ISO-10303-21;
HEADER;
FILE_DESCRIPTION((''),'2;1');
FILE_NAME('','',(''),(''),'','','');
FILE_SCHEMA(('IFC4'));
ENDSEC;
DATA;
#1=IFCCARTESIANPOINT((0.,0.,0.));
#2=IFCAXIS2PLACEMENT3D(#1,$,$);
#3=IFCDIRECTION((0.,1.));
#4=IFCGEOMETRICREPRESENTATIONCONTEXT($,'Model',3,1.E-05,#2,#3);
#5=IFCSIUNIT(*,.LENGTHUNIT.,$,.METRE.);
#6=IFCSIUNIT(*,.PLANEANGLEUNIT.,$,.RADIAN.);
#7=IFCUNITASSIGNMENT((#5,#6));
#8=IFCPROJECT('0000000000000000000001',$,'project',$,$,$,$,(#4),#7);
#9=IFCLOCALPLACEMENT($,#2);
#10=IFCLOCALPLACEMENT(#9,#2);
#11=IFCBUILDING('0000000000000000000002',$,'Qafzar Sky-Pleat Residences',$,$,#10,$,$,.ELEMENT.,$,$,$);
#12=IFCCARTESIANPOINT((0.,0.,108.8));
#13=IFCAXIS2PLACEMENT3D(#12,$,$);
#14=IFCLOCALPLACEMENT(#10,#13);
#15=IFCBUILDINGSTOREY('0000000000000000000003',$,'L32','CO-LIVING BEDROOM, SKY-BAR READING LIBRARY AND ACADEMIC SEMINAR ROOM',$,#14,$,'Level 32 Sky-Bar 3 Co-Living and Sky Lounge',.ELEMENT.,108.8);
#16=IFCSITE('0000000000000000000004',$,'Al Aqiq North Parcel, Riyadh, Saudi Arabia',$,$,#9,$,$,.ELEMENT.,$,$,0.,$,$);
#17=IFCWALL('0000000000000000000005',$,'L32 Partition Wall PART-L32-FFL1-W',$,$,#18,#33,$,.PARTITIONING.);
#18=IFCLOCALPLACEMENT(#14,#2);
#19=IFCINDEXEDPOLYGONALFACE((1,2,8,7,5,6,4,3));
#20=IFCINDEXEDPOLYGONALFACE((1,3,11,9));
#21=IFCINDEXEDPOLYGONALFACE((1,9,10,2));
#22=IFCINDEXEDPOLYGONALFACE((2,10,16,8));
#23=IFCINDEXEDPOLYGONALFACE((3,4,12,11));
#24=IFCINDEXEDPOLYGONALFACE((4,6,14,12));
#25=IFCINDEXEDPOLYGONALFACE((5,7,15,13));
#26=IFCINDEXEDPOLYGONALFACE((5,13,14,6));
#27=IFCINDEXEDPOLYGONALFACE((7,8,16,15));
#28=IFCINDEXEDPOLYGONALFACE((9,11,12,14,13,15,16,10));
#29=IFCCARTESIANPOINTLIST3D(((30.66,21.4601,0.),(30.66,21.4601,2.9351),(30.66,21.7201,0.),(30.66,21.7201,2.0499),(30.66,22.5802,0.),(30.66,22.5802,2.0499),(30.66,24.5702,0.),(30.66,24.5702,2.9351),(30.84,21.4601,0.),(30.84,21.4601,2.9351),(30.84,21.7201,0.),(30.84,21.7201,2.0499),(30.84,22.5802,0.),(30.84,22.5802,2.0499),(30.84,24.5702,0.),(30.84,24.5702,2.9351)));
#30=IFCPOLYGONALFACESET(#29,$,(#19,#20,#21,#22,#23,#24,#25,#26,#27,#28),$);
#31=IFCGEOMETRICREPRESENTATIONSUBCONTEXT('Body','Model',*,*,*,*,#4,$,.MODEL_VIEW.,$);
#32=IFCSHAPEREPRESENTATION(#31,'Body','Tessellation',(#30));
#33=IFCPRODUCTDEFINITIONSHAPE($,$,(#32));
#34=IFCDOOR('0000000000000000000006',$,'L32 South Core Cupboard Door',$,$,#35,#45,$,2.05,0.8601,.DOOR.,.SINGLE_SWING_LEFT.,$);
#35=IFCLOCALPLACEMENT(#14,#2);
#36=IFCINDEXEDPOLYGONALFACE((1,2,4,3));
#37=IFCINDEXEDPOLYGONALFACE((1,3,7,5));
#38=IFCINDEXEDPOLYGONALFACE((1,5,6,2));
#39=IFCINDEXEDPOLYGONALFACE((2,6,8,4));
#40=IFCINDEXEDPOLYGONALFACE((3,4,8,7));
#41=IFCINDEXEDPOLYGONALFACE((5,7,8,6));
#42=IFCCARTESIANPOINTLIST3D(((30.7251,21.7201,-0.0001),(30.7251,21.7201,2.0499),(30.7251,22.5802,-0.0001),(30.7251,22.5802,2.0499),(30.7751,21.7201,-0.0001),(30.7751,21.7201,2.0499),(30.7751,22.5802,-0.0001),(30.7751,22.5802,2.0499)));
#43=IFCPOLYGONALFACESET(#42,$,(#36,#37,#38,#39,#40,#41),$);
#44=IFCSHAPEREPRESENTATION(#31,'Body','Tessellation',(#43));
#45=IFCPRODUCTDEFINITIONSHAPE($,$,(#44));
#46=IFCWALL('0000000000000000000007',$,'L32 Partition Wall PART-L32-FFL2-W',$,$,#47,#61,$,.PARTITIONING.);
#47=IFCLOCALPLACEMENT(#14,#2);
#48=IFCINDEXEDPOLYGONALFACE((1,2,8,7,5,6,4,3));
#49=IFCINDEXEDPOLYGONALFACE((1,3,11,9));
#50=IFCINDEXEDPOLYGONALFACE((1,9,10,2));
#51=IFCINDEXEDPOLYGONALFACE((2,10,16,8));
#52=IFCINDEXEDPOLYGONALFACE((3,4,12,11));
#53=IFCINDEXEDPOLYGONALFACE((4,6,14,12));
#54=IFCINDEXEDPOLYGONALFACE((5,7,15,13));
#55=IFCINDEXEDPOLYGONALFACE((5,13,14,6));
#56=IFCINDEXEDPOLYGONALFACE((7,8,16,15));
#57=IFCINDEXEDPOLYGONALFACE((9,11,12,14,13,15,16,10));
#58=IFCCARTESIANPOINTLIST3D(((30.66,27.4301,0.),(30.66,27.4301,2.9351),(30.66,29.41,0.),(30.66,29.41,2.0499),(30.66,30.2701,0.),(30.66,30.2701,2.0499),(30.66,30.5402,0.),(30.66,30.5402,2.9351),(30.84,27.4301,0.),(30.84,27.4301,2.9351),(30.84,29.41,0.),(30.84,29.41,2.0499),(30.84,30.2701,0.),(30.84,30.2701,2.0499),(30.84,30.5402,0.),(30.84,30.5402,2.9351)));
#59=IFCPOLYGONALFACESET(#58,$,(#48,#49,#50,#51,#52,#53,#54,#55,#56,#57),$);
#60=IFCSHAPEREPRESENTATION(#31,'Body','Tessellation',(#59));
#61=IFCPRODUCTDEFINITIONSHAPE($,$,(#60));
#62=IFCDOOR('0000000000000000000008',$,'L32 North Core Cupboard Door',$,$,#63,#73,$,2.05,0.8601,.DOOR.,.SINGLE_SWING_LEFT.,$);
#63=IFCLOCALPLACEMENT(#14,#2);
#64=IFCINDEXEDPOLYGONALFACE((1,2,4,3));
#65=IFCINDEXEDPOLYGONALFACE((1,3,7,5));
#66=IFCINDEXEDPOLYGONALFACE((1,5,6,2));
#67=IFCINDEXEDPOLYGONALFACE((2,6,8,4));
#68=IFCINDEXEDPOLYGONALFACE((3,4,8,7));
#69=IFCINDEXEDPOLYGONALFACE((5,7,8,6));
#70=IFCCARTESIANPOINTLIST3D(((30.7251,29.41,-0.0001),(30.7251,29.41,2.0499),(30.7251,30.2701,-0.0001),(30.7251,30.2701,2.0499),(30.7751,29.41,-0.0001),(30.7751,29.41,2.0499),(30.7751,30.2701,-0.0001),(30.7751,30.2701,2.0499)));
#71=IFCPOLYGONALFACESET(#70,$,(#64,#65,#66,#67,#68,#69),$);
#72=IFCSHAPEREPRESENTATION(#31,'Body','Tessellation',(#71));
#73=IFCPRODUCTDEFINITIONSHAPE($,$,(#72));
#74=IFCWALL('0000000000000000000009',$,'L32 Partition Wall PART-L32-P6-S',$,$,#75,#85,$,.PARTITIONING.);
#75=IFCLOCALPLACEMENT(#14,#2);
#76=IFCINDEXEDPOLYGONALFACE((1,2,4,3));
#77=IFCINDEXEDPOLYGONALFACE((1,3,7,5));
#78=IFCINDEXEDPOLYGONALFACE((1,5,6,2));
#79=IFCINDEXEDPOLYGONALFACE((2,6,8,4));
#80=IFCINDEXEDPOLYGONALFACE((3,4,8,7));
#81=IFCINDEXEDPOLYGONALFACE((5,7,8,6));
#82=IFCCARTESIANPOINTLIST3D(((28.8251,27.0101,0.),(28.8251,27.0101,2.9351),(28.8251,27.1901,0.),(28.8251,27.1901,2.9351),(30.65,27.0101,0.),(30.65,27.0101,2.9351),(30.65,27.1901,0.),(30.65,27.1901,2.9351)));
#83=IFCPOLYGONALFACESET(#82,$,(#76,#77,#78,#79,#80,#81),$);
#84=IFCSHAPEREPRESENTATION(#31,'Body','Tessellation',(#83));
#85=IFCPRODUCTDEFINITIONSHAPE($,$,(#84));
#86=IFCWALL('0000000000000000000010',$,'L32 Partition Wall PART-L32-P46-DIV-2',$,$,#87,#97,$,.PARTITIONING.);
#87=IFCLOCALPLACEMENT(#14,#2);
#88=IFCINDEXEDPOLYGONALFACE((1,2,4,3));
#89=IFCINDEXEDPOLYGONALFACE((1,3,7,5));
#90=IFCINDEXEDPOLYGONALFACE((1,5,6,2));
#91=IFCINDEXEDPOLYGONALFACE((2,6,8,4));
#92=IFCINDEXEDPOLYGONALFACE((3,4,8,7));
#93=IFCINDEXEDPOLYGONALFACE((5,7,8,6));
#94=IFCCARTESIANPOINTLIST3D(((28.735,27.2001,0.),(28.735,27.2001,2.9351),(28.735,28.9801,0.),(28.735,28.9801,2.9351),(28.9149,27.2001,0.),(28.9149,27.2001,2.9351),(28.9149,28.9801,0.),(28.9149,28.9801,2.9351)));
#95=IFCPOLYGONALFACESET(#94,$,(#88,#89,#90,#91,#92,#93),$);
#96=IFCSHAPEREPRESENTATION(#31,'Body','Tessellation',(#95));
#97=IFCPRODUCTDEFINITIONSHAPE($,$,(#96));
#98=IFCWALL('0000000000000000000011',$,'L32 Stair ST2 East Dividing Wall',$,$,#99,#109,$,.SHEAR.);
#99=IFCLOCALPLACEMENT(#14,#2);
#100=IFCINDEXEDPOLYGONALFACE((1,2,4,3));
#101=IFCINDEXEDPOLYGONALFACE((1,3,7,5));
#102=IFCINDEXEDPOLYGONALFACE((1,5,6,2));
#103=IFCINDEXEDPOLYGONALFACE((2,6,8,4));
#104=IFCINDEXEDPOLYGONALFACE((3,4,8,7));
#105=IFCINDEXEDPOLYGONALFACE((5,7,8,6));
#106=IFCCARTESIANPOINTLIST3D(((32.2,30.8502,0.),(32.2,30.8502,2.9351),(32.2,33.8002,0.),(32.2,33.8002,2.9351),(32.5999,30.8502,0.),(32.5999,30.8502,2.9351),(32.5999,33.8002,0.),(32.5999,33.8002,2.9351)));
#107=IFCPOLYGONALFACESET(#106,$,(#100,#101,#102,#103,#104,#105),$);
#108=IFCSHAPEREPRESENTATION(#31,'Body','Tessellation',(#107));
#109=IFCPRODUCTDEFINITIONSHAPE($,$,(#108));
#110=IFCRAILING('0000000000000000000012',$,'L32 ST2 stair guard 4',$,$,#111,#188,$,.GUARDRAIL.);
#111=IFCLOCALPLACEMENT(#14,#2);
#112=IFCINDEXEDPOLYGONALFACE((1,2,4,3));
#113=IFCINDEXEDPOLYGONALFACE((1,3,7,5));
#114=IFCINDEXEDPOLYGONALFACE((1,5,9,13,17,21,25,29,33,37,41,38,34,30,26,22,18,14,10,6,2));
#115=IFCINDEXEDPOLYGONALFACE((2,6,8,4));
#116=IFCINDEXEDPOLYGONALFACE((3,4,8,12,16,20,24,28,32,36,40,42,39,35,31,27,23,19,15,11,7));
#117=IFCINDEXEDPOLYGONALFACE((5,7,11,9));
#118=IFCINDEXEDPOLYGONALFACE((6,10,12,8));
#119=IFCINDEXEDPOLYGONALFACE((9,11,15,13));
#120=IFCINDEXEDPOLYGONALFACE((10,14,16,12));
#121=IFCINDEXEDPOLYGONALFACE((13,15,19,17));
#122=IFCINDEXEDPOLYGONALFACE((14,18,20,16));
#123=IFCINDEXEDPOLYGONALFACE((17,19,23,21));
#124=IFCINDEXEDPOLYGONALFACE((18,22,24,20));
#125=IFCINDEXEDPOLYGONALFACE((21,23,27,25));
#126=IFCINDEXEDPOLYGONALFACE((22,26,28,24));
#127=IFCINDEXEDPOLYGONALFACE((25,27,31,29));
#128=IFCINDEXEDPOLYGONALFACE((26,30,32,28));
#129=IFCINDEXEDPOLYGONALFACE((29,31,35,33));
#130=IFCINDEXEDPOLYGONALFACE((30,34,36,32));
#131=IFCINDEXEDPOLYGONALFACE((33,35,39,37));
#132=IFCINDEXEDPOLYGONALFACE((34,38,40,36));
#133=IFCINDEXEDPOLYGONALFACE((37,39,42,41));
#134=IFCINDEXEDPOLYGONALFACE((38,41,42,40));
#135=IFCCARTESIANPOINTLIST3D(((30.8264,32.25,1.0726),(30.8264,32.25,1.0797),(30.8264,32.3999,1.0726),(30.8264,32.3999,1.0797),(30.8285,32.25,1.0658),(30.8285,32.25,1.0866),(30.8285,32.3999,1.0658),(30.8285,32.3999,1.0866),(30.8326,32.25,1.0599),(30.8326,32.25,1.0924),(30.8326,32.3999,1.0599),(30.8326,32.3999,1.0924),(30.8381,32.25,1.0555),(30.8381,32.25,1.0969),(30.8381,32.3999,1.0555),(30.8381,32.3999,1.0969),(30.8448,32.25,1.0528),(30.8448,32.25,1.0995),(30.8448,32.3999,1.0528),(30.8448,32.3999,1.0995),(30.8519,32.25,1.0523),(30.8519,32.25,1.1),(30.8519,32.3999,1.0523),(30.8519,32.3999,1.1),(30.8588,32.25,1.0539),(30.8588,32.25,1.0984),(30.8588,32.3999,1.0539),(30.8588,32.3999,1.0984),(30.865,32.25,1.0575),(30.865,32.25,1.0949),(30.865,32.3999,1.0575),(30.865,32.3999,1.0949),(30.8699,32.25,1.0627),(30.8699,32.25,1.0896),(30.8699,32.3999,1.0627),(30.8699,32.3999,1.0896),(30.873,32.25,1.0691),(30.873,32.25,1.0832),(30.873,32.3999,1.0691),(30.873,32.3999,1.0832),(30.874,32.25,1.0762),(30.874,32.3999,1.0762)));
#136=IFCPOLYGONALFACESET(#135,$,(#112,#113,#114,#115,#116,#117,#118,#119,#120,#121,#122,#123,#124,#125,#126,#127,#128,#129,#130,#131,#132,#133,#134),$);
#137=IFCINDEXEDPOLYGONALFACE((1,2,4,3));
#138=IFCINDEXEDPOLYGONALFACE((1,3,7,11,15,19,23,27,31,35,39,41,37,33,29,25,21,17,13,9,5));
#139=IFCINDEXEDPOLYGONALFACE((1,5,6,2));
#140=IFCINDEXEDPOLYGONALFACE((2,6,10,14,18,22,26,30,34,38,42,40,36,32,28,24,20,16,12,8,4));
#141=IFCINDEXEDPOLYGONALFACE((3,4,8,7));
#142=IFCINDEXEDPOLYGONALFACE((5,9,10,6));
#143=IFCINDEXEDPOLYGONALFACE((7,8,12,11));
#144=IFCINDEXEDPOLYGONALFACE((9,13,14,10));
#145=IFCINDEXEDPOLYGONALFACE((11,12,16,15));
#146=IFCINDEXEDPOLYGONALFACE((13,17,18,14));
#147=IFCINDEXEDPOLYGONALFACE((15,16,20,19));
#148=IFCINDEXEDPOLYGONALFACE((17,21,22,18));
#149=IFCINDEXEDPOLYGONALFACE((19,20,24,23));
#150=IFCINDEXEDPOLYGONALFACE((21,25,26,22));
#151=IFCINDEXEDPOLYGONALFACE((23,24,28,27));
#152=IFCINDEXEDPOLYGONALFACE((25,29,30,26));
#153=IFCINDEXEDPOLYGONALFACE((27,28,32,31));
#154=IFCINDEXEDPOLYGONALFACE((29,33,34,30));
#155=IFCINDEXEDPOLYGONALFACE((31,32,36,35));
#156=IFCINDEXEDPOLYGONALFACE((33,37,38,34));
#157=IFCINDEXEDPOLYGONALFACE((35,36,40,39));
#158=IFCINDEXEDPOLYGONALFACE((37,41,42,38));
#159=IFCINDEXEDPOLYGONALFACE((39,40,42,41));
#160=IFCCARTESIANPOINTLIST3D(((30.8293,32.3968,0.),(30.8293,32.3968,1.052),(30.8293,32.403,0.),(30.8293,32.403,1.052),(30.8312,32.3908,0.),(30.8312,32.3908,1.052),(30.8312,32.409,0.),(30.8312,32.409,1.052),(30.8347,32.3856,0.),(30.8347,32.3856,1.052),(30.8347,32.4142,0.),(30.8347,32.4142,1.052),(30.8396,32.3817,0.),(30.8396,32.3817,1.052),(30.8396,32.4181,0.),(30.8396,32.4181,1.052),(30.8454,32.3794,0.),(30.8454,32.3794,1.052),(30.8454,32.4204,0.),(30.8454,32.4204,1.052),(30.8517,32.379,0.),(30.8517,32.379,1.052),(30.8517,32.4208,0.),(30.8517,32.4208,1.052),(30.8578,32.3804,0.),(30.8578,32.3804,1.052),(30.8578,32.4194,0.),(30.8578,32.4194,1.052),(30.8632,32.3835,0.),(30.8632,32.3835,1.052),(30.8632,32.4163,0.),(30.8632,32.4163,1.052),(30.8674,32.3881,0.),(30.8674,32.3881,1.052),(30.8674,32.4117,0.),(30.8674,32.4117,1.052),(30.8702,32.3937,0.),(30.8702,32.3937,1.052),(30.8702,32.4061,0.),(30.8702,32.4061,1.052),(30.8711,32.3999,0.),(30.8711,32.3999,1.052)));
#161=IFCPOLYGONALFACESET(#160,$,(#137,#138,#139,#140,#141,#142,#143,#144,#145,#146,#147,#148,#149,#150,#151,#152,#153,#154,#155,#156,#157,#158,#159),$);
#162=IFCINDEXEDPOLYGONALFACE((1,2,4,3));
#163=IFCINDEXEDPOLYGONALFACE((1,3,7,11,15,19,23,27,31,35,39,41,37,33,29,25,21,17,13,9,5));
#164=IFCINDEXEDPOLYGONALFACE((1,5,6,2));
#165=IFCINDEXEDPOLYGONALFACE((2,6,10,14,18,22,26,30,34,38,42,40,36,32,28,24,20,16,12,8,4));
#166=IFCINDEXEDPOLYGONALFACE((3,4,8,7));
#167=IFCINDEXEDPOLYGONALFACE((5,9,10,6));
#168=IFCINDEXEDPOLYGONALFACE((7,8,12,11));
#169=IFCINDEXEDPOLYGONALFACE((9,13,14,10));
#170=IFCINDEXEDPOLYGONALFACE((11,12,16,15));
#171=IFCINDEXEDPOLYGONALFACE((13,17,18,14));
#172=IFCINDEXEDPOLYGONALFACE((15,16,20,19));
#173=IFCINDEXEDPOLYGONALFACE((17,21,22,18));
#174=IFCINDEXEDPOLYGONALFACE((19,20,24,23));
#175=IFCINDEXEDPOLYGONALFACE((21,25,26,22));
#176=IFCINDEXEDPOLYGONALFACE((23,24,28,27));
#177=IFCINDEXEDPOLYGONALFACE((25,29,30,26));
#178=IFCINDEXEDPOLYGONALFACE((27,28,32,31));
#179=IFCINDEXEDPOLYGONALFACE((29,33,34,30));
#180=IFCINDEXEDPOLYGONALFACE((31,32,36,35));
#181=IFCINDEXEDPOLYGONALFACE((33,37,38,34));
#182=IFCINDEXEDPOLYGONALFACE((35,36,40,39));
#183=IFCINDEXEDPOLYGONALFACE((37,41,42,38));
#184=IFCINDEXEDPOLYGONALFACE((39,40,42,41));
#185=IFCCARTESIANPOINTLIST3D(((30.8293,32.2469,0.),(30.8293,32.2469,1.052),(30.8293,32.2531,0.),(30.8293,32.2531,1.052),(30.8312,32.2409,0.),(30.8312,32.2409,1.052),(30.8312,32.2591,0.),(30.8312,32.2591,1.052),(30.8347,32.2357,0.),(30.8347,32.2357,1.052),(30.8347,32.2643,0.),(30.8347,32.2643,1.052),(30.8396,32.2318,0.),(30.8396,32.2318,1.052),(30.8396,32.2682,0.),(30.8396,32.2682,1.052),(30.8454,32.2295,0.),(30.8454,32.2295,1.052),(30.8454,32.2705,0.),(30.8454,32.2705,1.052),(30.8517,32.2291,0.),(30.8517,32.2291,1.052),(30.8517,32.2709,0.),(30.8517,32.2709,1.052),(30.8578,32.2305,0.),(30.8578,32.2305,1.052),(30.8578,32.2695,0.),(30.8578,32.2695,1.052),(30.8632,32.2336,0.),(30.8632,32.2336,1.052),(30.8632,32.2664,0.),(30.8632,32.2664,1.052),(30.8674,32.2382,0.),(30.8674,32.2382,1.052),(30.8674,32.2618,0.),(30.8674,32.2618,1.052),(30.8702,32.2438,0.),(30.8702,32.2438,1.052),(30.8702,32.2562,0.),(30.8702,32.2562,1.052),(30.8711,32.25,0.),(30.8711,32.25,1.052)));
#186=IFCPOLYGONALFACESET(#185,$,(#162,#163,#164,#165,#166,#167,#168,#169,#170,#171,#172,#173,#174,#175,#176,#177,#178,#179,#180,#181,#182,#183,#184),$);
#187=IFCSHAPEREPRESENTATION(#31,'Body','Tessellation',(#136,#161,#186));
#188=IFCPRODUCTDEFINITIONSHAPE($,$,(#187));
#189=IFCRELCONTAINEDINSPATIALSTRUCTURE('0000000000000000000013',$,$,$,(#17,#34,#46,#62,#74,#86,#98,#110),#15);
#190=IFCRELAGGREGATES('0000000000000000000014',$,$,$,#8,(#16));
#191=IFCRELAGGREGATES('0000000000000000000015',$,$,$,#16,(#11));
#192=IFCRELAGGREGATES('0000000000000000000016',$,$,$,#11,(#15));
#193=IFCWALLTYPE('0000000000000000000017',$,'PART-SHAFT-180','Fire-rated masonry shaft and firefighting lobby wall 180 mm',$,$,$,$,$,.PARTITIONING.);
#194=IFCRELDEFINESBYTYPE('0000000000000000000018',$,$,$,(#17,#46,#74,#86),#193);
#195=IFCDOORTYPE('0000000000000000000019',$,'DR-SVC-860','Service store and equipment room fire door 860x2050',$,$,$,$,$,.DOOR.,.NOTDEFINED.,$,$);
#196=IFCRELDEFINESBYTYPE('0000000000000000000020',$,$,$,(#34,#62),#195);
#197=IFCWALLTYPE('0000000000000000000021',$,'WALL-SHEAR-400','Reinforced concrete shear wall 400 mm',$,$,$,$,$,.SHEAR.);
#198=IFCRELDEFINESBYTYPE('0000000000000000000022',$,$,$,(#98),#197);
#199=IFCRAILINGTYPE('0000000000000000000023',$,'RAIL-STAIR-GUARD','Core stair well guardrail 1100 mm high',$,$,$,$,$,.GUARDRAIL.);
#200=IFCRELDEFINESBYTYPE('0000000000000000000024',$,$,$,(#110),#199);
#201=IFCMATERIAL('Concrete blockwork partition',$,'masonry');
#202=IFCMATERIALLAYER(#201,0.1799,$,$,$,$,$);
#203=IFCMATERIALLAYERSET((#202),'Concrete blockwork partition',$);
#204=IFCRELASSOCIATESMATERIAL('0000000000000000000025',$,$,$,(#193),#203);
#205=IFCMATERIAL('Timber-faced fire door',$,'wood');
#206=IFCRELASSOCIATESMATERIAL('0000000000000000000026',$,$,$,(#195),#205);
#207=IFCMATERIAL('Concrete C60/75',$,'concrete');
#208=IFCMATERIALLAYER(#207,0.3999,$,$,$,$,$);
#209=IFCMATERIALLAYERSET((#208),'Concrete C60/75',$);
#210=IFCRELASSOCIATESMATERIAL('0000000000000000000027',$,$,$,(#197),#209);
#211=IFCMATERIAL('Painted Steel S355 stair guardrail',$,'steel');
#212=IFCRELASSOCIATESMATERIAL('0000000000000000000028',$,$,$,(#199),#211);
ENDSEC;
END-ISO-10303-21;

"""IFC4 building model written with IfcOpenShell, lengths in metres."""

from ifc_helpers import new_model, si_unit, direction, frame, frame_2d, origin, origin_2d, place, context, subcontext, project, spatial, rectangle, circle, extrude, source, transform, mapped, material, layer, layer_set, type_object, element, fill, save


model = new_model("IFC4")

# Units and contexts
model_context = context("Model", 3, precision=1e-05, world=origin(), true_north=direction((0.0, 1.0)))
body_context = subcontext(model_context, "Body", "Model", "MODEL_VIEW")
ifc_project = project(units=[si_unit("LENGTHUNIT", "METRE"), si_unit("PLANEANGLEUNIT", "RADIAN")], contexts=[model_context])

# Site, building, storey
site_placement = place(None, origin())
site = spatial("IfcSite", under=ifc_project, at=site_placement, Name="Al Aqiq North Parcel, Riyadh, Saudi Arabia", CompositionType="ELEMENT", RefElevation=0.0)
building_placement = place(site_placement, origin())
building = spatial("IfcBuilding", under=site, at=building_placement, Name="Qafzar Sky-Pleat Residences", CompositionType="ELEMENT")
storey_placement = place(building_placement, frame((0.0, 0.0, 108.8)))
storey = spatial("IfcBuildingStorey", under=building, at=storey_placement, Name="L32", Description="CO-LIVING BEDROOM, SKY-BAR READING LIBRARY AND ACADEMIC SEMINAR ROOM", LongName="Level 32 Sky-Bar 3 Co-Living and Sky Lounge", CompositionType="ELEMENT", Elevation=108.8)

# Walls, openings, doors
ifc_material_1 = material(Name="Concrete blockwork partition", Category="masonry")
ifc_layer_1 = layer(ifc_material_1, 0.1799)
ifc_layer_set_1 = layer_set([ifc_layer_1], Name="Concrete blockwork partition")
wall_type_1 = type_object("IfcWallType", Name="PART-SHAFT-180", Description="Fire-rated masonry shaft and firefighting lobby wall 180 mm", PredefinedType="PARTITIONING", material=ifc_layer_set_1)
wall_1_placement = place(storey_placement, frame((30.75, 21.46, 0.0), z_axis=(0.0, 0.0, 1.0), x_axis=(0.0, 1.0, 0.0)))
wall_1 = element("IfcWall", 1, at=wall_1_placement, inside=storey, type_object=wall_type_1, Name="L32 Partition Wall PART-L32-FFL1-W", PredefinedType="PARTITIONING", context=body_context, shape_type="SweptSolid", body=[
    extrude(rectangle(XDim=3.1101, YDim=0.1799, at=frame_2d((1.5552, 0.0))), origin(), (0.0, 0.0, 1.0), 2.9351),
])
opening_1_placement = place(wall_1_placement, frame((0.26, 0.0, 0.0)))
opening_1 = element("IfcOpeningElement", 2, at=opening_1_placement, cuts=wall_1, PredefinedType="OPENING", context=body_context, shape_type="SweptSolid", body=[
    extrude(rectangle(XDim=0.8601, YDim=2.05, at=frame_2d((0.4302, 1.0249))), frame((0.0, 0.1001, 0.0), z_axis=(0.0, -1.0, 0.0), x_axis=(1.0, 0.0, 0.0)), (0.0, 0.0, 1.0), 0.2),
])
ifc_material_2 = material(Name="Timber-faced fire door", Category="wood")
door_type_1 = type_object("IfcDoorType", Name="DR-SVC-860", Description="Service store and equipment room fire door 860x2050", OperationType="NOTDEFINED", PredefinedType="DOOR", material=ifc_material_2)
shared_shape_1 = source(origin(), body_context, "Body", "SweptSolid", [
    extrude(rectangle(XDim=0.8601, YDim=2.05, at=frame_2d((0.4302, 1.0249))), frame((0.0, 0.0249, 0.0), z_axis=(0.0, -1.0, 0.0), x_axis=(1.0, 0.0, 0.0)), (0.0, 0.0, 1.0), 0.05),
])
door_1_placement = place(opening_1_placement, origin())
door_1 = element("IfcDoor", 3, at=door_1_placement, inside=storey, type_object=door_type_1, Name="L32 South Core Cupboard Door", OperationType="SINGLE_SWING_LEFT", OverallHeight=2.05, OverallWidth=0.8601, PredefinedType="DOOR", context=body_context, shape_type="MappedRepresentation", body=[
    mapped(shared_shape_1, transform((0.0, 0.0, 0.0), x_axis=(1.0, 0.0, 0.0), y_axis=(0.0, 1.0, 0.0), z_axis=(0.0, 0.0, 1.0), scale=1.0)),
])
fill(opening_1, door_1)
wall_2_placement = place(storey_placement, frame((30.75, 27.4299, 0.0), z_axis=(0.0, 0.0, 1.0), x_axis=(0.0, 1.0, 0.0)))
wall_2 = element("IfcWall", 4, at=wall_2_placement, inside=storey, type_object=wall_type_1, Name="L32 Partition Wall PART-L32-FFL2-W", PredefinedType="PARTITIONING", context=body_context, shape_type="SweptSolid", body=[
    extrude(rectangle(XDim=3.1101, YDim=0.1799, at=frame_2d((1.5552, 0.0))), origin(), (0.0, 0.0, 1.0), 2.9351),
])
opening_2_placement = place(wall_2_placement, frame((1.98, 0.0, 0.0)))
opening_2 = element("IfcOpeningElement", 5, at=opening_2_placement, cuts=wall_2, PredefinedType="OPENING", context=body_context, shape_type="SweptSolid", body=[
    extrude(rectangle(XDim=0.8601, YDim=2.05, at=frame_2d((0.4302, 1.0249))), frame((0.0, 0.1001, 0.0), z_axis=(0.0, -1.0, 0.0), x_axis=(1.0, 0.0, 0.0)), (0.0, 0.0, 1.0), 0.2),
])
door_2_placement = place(opening_2_placement, origin())
door_2 = element("IfcDoor", 6, at=door_2_placement, inside=storey, type_object=door_type_1, Name="L32 North Core Cupboard Door", OperationType="SINGLE_SWING_LEFT", OverallHeight=2.05, OverallWidth=0.8601, PredefinedType="DOOR", context=body_context, shape_type="MappedRepresentation", body=[
    mapped(shared_shape_1, transform((0.0, 0.0, 0.0), x_axis=(1.0, 0.0, 0.0), y_axis=(0.0, 1.0, 0.0), z_axis=(0.0, 0.0, 1.0), scale=1.0)),
])
fill(opening_2, door_2)

# Walls
wall_3_placement = place(storey_placement, frame((28.825, 27.1001, 0.0), z_axis=(0.0, 0.0, 1.0), x_axis=(1.0, 0.0, 0.0)))
element("IfcWall", 7, at=wall_3_placement, inside=storey, type_object=wall_type_1, Name="L32 Partition Wall PART-L32-P6-S", PredefinedType="PARTITIONING", context=body_context, shape_type="SweptSolid", body=[
    extrude(rectangle(XDim=1.825, YDim=0.1799, at=frame_2d((0.9126, 0.0))), origin(), (0.0, 0.0, 1.0), 2.9351),
])
wall_4_placement = place(storey_placement, frame((28.825, 27.2, 0.0), z_axis=(0.0, 0.0, 1.0), x_axis=(0.0, 1.0, 0.0)))
element("IfcWall", 8, at=wall_4_placement, inside=storey, type_object=wall_type_1, Name="L32 Partition Wall PART-L32-P46-DIV-2", PredefinedType="PARTITIONING", context=body_context, shape_type="SweptSolid", body=[
    extrude(rectangle(XDim=1.78, YDim=0.1799, at=frame_2d((0.8901, 0.0))), origin(), (0.0, 0.0, 1.0), 2.9351),
])
ifc_material_3 = material(Name="Concrete C60/75", Category="concrete")
ifc_layer_2 = layer(ifc_material_3, 0.3999)
ifc_layer_set_2 = layer_set([ifc_layer_2], Name="Concrete C60/75")
wall_type_2 = type_object("IfcWallType", Name="WALL-SHEAR-400", Description="Reinforced concrete shear wall 400 mm", PredefinedType="SHEAR", material=ifc_layer_set_2)
wall_5_placement = place(storey_placement, frame((32.3999, 30.8501, 0.0), z_axis=(0.0, 0.0, 1.0), x_axis=(0.0, 1.0, 0.0)))
element("IfcWall", 9, at=wall_5_placement, inside=storey, type_object=wall_type_2, Name="L32 Stair ST2 East Dividing Wall", PredefinedType="SHEAR", context=body_context, shape_type="SweptSolid", body=[
    extrude(rectangle(XDim=2.95, YDim=0.3999, at=frame_2d((1.4751, 0.0))), origin(), (0.0, 0.0, 1.0), 2.9351),
])

# Railing
ifc_material_4 = material(Name="Painted Steel S355 stair guardrail", Category="steel")
railing_type_1 = type_object("IfcRailingType", Name="RAIL-STAIR-GUARD", Description="Core stair well guardrail 1100 mm high", PredefinedType="GUARDRAIL", material=ifc_material_4)
shared_shape_2 = source(origin(), body_context, "Body", "SweptSolid", [
    extrude(circle(Radius=0.0239, at=origin_2d()), frame((0.0, 0.0, 1.0762), z_axis=(0.0, -1.0, 0.0), x_axis=(1.0, 0.0, 0.0)), (0.0, 0.0, 1.0), 0.1499),
    extrude(circle(Radius=0.021, at=origin_2d()), origin(), (0.0, 0.0, 1.0), 1.052),
    extrude(circle(Radius=0.021, at=origin_2d()), frame((0.0, -0.1499, 0.0)), (0.0, 0.0, 1.0), 1.052),
])
railing_1_placement = place(storey_placement, frame((30.8501, 32.3999, 0.0)))
element("IfcRailing", 10, at=railing_1_placement, inside=storey, type_object=railing_type_1, Name="L32 ST2 stair guard 4", PredefinedType="GUARDRAIL", context=body_context, shape_type="MappedRepresentation", body=[
    mapped(shared_shape_2, transform((0.0, 0.0, 0.0), x_axis=(1.0, 0.0, 0.0), y_axis=(0.0, 1.0, 0.0), z_axis=(0.0, 0.0, 1.0), scale=1.0)),
])

save(model, "model.ifc")
